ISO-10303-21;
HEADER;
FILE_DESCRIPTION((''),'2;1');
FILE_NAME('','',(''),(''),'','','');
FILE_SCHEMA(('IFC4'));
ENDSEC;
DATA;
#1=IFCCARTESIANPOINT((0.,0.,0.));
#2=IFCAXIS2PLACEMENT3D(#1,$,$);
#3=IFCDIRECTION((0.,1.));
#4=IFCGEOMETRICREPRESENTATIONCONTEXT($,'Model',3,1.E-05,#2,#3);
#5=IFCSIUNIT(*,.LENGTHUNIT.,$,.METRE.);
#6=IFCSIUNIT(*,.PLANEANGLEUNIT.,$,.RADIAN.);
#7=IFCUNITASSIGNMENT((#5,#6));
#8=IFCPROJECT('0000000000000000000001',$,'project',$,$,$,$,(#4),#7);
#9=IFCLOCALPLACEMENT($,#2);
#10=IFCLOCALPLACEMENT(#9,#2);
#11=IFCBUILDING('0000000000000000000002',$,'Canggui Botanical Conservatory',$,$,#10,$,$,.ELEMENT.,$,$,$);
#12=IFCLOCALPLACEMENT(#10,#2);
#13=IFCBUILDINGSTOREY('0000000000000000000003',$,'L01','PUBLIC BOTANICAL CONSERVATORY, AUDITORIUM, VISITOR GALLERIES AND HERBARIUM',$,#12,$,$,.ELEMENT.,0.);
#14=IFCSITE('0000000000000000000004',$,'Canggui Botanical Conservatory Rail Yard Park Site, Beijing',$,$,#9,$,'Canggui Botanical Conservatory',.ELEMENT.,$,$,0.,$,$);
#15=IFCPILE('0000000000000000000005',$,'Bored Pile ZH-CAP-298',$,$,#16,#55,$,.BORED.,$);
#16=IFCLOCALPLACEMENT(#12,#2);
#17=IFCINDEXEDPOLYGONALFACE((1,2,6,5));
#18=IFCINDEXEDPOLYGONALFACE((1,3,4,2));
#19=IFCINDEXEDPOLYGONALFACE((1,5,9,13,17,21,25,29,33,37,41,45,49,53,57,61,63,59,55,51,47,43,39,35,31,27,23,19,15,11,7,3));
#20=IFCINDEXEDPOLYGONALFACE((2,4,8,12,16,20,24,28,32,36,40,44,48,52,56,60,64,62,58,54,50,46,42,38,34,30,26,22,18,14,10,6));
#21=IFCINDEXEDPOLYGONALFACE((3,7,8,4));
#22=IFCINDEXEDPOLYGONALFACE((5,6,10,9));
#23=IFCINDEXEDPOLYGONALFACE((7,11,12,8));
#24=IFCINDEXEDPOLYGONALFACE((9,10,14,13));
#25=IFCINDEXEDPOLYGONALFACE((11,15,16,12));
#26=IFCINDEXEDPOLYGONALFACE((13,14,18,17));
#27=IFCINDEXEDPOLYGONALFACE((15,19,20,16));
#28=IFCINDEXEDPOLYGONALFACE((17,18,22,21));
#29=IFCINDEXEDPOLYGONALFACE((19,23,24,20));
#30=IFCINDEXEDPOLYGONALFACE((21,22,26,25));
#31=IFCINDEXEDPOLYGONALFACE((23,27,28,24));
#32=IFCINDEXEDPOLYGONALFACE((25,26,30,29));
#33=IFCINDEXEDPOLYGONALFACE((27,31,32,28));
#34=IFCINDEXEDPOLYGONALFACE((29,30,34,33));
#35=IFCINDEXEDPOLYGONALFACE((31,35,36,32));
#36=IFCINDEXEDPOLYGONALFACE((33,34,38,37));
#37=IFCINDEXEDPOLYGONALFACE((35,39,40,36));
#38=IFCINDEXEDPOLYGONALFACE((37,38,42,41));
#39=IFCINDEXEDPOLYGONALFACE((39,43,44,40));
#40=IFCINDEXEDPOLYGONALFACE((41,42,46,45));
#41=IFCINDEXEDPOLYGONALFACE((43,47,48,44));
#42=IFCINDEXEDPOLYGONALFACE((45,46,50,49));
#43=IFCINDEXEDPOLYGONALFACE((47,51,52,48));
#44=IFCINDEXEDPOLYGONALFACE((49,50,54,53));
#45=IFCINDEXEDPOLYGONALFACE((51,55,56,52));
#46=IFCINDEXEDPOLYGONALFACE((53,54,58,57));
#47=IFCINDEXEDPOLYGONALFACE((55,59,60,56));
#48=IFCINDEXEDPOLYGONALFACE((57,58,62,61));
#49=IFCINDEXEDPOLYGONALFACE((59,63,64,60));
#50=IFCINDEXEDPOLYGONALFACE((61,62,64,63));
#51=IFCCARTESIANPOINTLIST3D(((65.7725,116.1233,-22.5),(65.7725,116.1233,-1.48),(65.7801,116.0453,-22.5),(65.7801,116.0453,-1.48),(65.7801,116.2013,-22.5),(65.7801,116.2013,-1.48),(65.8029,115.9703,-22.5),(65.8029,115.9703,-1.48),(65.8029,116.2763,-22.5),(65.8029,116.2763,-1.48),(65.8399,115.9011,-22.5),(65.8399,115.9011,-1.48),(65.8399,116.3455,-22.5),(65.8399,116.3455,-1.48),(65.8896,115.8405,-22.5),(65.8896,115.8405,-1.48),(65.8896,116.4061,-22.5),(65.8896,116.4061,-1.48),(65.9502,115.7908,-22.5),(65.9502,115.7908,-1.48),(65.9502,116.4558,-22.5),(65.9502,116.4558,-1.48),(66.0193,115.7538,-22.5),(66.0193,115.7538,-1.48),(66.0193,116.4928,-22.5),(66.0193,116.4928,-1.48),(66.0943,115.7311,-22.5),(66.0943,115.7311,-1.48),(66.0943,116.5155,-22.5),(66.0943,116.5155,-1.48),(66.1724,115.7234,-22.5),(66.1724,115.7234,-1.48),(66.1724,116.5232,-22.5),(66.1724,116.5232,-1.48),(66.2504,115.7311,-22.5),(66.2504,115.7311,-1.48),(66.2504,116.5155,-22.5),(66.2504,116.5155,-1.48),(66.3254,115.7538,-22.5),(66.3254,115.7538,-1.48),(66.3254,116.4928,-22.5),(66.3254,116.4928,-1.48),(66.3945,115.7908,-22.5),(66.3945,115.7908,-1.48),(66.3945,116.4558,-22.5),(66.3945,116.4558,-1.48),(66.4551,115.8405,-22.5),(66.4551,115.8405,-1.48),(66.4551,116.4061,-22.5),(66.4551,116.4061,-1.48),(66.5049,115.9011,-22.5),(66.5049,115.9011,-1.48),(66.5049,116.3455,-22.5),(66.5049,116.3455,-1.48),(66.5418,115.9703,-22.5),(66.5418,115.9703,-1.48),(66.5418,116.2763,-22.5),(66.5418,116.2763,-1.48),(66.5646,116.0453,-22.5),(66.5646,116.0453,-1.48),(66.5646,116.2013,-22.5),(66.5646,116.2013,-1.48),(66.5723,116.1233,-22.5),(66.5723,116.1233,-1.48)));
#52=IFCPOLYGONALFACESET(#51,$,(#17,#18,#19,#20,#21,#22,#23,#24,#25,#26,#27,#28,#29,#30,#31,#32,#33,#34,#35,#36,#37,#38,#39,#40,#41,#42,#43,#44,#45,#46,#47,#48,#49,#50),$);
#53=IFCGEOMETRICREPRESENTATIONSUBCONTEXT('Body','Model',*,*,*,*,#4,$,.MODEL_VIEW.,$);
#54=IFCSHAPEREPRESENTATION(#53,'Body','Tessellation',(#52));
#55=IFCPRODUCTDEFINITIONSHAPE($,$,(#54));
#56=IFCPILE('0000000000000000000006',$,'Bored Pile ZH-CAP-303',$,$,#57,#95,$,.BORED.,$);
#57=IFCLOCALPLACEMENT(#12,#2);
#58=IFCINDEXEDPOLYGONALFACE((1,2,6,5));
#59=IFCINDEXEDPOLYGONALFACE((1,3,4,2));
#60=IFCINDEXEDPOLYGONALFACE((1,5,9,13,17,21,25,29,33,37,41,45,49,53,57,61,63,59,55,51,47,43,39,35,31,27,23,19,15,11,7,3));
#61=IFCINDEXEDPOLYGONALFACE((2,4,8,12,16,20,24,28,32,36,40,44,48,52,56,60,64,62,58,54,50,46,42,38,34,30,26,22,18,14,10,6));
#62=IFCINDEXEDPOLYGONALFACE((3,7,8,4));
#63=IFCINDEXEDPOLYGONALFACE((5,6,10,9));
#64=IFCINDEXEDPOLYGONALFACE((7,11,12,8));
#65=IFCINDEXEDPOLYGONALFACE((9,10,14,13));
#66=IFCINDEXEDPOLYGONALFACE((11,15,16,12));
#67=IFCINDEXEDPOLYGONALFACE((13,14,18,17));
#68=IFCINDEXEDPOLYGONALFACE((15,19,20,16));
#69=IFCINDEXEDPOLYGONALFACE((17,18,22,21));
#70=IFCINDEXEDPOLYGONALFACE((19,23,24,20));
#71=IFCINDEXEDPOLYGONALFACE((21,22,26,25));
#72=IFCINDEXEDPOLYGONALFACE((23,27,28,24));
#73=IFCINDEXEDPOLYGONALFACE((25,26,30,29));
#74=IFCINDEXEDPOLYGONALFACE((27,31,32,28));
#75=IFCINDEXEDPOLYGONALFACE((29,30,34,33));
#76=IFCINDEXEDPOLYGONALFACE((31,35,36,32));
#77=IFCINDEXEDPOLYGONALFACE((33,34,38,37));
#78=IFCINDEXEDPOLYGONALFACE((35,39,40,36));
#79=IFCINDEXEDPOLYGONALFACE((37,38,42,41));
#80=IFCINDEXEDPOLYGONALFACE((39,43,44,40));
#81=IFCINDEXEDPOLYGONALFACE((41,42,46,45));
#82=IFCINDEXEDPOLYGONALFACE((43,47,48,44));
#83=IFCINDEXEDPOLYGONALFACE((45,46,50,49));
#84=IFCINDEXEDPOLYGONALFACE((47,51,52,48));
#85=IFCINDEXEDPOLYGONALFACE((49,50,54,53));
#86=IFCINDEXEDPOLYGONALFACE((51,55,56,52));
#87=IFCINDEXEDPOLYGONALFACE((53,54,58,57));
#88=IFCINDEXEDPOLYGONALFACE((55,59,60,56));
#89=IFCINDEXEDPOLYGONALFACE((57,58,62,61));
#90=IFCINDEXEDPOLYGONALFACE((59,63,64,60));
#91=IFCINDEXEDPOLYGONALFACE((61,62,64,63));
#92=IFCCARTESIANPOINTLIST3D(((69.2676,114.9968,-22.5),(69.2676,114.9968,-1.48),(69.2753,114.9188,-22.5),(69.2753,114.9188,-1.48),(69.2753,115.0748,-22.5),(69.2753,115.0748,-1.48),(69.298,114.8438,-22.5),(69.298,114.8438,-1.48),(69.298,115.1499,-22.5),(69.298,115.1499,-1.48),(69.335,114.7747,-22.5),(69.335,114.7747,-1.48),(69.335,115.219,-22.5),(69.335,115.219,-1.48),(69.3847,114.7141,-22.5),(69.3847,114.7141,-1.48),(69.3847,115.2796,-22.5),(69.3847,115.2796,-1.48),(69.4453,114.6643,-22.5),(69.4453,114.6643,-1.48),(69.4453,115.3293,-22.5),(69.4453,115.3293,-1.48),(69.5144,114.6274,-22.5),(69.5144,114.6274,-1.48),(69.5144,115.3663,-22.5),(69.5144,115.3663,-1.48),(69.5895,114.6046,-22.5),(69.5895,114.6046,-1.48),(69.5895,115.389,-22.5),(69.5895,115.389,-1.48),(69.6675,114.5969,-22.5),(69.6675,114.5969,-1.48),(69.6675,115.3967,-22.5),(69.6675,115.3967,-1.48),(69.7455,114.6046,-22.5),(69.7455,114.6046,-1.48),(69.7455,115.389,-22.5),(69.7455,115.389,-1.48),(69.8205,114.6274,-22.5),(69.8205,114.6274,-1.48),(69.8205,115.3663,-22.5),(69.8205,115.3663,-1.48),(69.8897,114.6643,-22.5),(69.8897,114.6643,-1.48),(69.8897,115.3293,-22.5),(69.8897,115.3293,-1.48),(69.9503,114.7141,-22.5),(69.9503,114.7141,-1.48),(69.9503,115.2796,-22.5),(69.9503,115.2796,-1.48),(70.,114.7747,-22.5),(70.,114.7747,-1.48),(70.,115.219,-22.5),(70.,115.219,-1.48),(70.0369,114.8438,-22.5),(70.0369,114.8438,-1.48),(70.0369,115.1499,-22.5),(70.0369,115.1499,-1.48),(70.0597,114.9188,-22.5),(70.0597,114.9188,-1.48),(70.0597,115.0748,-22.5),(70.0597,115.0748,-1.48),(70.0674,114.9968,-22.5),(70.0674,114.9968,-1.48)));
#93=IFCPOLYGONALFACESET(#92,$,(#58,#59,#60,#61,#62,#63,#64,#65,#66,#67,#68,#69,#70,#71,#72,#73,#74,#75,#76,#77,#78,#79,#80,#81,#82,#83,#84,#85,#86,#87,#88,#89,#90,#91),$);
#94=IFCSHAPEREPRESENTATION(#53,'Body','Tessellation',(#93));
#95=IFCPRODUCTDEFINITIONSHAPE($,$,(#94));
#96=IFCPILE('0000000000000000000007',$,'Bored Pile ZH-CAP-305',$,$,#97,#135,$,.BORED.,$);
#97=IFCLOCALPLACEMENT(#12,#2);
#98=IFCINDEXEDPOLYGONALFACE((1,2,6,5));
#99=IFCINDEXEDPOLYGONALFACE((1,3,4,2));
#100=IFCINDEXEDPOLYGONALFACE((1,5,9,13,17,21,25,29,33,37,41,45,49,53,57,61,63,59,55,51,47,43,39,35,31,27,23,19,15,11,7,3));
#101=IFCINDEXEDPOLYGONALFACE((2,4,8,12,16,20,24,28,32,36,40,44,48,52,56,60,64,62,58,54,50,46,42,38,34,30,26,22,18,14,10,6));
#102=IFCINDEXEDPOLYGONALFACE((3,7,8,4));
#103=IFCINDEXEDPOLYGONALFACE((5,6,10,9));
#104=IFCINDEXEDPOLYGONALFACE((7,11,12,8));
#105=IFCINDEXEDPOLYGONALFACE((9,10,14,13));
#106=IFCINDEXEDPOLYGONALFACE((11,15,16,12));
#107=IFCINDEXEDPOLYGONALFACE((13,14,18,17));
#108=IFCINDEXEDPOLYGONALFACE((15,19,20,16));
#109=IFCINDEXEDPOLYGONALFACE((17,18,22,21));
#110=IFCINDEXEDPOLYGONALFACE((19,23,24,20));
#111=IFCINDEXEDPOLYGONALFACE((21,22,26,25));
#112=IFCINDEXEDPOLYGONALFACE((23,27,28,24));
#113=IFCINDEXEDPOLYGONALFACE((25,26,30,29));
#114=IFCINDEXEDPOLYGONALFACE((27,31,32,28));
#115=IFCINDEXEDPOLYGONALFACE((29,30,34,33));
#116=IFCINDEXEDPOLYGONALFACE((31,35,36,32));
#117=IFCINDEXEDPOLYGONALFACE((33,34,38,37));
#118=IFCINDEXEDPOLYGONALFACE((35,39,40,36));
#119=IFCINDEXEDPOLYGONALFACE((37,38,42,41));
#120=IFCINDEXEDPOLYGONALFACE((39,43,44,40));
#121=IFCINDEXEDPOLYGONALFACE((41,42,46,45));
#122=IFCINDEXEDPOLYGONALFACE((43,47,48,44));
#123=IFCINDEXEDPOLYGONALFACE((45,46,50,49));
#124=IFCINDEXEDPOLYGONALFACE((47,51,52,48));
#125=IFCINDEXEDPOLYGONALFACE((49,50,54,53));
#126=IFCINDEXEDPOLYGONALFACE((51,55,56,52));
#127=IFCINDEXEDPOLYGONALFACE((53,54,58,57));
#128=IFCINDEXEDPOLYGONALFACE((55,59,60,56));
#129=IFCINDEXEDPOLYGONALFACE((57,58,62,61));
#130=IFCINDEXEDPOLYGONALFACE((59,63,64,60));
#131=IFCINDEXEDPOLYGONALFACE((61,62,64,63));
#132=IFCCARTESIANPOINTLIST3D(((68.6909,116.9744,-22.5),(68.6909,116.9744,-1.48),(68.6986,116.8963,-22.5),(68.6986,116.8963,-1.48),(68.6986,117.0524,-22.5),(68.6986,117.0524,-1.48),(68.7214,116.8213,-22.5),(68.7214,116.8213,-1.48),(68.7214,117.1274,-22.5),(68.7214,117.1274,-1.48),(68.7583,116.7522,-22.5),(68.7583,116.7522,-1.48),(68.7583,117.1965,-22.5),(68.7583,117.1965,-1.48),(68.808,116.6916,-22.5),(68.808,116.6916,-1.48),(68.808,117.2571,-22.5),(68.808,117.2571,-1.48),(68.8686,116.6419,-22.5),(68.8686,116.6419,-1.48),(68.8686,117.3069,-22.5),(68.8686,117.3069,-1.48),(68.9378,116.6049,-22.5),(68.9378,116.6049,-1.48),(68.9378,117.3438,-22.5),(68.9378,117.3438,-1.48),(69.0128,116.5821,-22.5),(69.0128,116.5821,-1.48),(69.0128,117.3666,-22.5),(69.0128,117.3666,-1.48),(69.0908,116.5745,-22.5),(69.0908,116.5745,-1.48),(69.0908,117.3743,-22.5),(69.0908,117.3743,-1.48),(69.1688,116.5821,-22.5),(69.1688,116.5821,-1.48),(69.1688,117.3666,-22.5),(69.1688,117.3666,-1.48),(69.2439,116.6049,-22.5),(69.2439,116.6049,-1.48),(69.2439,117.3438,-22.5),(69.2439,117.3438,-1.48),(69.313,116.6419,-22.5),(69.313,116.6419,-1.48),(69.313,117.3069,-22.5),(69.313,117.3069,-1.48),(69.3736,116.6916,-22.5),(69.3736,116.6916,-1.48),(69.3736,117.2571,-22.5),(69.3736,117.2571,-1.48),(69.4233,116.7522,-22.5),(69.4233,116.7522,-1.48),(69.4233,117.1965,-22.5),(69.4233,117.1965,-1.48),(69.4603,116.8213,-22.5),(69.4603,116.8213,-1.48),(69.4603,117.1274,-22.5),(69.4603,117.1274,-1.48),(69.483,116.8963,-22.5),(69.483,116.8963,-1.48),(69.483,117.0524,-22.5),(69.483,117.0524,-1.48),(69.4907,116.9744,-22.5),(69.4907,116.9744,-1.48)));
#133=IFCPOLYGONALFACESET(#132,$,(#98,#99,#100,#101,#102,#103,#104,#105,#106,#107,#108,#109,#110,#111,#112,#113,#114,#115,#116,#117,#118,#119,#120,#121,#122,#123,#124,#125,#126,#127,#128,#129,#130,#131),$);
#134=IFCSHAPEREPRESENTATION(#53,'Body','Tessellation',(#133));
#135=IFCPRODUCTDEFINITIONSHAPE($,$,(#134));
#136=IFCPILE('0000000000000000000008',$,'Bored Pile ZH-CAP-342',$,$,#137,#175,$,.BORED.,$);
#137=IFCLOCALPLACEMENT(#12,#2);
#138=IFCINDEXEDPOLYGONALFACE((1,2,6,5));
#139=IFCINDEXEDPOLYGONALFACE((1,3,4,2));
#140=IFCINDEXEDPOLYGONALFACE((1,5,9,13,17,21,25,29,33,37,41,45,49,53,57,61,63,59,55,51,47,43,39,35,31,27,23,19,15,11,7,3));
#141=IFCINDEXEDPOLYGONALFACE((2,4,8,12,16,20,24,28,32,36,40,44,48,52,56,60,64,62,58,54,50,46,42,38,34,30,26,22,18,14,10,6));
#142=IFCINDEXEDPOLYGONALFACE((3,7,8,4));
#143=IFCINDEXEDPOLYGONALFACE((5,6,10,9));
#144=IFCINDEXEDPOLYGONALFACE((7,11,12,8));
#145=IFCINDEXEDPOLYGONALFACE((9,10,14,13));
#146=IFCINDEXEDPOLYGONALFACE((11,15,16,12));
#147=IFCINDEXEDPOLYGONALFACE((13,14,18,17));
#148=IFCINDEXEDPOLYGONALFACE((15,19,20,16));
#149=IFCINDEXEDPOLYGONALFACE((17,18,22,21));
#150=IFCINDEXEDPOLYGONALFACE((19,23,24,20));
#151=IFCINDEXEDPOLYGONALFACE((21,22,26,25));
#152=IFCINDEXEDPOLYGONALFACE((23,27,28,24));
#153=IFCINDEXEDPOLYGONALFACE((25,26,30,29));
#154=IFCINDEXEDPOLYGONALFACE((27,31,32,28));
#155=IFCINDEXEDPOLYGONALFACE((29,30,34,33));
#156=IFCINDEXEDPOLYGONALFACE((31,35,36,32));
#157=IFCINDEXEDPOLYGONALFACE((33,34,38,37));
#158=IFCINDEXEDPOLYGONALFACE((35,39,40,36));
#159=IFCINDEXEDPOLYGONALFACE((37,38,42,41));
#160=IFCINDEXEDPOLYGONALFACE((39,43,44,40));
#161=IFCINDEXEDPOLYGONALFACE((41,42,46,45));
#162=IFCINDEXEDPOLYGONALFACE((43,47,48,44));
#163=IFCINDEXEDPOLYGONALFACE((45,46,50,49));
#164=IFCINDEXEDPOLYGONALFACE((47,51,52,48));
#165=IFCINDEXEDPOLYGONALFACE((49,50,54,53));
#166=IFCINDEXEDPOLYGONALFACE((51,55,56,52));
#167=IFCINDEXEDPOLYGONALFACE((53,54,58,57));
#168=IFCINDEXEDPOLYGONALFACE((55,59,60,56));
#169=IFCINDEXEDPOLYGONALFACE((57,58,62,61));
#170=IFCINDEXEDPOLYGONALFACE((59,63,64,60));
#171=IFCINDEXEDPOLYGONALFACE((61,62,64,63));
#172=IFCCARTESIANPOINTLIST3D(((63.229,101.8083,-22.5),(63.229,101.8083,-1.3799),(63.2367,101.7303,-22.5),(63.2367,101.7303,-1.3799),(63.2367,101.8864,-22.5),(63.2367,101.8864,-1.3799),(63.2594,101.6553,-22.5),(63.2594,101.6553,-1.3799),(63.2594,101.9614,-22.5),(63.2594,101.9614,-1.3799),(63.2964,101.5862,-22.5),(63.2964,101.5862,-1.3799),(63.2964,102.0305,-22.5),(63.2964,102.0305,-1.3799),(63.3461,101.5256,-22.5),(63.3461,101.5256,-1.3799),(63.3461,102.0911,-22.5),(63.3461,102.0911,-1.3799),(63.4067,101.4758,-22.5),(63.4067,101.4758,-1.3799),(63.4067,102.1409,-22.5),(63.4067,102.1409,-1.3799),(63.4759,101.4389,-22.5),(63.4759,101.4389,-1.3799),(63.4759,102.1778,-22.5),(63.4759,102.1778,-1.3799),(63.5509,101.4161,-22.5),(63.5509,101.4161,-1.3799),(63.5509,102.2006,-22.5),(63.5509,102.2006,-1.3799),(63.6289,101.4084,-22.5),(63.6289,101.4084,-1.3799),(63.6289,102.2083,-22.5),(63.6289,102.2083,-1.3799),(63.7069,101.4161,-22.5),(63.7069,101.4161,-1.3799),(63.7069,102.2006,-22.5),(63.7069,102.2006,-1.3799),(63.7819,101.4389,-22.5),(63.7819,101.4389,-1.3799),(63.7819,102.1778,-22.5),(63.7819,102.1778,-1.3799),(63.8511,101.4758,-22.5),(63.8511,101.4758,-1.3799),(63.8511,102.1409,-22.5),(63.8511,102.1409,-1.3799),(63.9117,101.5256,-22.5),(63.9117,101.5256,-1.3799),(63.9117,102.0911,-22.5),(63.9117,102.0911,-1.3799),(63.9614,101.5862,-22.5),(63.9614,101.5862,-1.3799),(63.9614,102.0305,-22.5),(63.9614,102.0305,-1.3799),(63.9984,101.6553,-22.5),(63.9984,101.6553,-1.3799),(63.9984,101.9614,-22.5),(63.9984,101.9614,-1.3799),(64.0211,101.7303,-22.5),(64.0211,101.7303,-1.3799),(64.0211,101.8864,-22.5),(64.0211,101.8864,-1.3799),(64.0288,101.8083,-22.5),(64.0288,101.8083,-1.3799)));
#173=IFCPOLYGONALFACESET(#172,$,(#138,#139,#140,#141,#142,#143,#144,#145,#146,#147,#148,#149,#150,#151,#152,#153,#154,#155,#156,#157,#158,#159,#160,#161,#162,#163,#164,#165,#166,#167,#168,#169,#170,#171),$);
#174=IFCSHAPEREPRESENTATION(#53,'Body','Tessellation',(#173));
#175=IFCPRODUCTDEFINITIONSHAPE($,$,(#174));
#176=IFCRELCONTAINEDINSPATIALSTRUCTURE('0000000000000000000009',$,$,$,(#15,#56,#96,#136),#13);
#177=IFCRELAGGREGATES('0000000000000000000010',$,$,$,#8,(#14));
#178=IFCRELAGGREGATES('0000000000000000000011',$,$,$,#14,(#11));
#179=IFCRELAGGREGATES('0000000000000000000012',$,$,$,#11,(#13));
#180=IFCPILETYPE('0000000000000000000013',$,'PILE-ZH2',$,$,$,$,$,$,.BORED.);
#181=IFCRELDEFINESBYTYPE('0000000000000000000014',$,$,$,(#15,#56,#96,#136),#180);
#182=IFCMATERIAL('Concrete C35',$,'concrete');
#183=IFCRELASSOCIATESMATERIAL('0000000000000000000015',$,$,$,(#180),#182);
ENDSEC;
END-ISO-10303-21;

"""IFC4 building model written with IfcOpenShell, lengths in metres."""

from ifc_helpers import new_model, si_unit, direction, frame, origin, origin_2d, place, context, subcontext, project, spatial, circle, extrude, material, material_profile, profile_set, type_object, element, save


model = new_model("IFC4")

# Units and contexts
model_context = context("Model", 3, precision=1e-05, world=origin(), true_north=direction((0.0, 1.0)))
body_context = subcontext(model_context, "Body", "Model", "MODEL_VIEW")
ifc_project = project(units=[si_unit("LENGTHUNIT", "METRE"), si_unit("PLANEANGLEUNIT", "RADIAN")], contexts=[model_context])

# Site, building, storey
site_placement = place(None, origin())
site = spatial("IfcSite", under=ifc_project, at=site_placement, Name="Canggui Botanical Conservatory Rail Yard Park Site, Beijing", LongName="Canggui Botanical Conservatory", CompositionType="ELEMENT", RefElevation=0.0)
building_placement = place(site_placement, origin())
building = spatial("IfcBuilding", under=site, at=building_placement, Name="Canggui Botanical Conservatory", CompositionType="ELEMENT")
storey_placement = place(building_placement, origin())
storey = spatial("IfcBuildingStorey", under=building, at=storey_placement, Name="L01", Description="PUBLIC BOTANICAL CONSERVATORY, AUDITORIUM, VISITOR GALLERIES AND HERBARIUM", CompositionType="ELEMENT", Elevation=0.0)

# Shared definitions
ifc_material_1 = material(Name="Concrete C35", Category="concrete")

# Piles
ifc_material_profile_1 = material_profile(ifc_material_1, circle(Radius=0.3999, at=origin_2d()), Name="PILE D800")
ifc_profile_set_1 = profile_set([ifc_material_profile_1], Name="Concrete C35")
pile_type = type_object("IfcPileType", Name="PILE-ZH2", PredefinedType="BORED", material=ifc_profile_set_1)
for number, where, z_axis, x_axis, name in (
    (1, (66.1724, 116.1233, -1.48), (0.0, 0.0, -1.0), (1.0, 0.0, 0.0), "Bored Pile ZH-CAP-298"),
    (2, (69.6675, 114.9968, -1.48), (0.0, 0.0, -1.0), (1.0, 0.0, 0.0), "Bored Pile ZH-CAP-303"),
    (3, (69.0908, 116.9744, -1.48), (0.0, 0.0, -1.0), (1.0, 0.0, 0.0), "Bored Pile ZH-CAP-305"),
):
    element("IfcPile", number, at=place(storey_placement, frame(where, z_axis=z_axis, x_axis=x_axis)), inside=storey, type_object=pile_type, Name=name, PredefinedType="BORED", context=body_context, shape_type="SweptSolid", body=[
        extrude(circle(Radius=0.3999, at=origin_2d()), origin(), (0.0, 0.0, 1.0), 21.02),
    ])
for number, where, z_axis, x_axis, name in (
    (4, (63.6289, 101.8083, -1.3799), (0.0, 0.0, -1.0), (1.0, 0.0, 0.0), "Bored Pile ZH-CAP-342"),
):
    element("IfcPile", number, at=place(storey_placement, frame(where, z_axis=z_axis, x_axis=x_axis)), inside=storey, type_object=pile_type, Name=name, PredefinedType="BORED", context=body_context, shape_type="SweptSolid", body=[
        extrude(circle(Radius=0.3999, at=origin_2d()), origin(), (0.0, 0.0, 1.0), 21.1201),
    ])

save(model, "model.ifc")
